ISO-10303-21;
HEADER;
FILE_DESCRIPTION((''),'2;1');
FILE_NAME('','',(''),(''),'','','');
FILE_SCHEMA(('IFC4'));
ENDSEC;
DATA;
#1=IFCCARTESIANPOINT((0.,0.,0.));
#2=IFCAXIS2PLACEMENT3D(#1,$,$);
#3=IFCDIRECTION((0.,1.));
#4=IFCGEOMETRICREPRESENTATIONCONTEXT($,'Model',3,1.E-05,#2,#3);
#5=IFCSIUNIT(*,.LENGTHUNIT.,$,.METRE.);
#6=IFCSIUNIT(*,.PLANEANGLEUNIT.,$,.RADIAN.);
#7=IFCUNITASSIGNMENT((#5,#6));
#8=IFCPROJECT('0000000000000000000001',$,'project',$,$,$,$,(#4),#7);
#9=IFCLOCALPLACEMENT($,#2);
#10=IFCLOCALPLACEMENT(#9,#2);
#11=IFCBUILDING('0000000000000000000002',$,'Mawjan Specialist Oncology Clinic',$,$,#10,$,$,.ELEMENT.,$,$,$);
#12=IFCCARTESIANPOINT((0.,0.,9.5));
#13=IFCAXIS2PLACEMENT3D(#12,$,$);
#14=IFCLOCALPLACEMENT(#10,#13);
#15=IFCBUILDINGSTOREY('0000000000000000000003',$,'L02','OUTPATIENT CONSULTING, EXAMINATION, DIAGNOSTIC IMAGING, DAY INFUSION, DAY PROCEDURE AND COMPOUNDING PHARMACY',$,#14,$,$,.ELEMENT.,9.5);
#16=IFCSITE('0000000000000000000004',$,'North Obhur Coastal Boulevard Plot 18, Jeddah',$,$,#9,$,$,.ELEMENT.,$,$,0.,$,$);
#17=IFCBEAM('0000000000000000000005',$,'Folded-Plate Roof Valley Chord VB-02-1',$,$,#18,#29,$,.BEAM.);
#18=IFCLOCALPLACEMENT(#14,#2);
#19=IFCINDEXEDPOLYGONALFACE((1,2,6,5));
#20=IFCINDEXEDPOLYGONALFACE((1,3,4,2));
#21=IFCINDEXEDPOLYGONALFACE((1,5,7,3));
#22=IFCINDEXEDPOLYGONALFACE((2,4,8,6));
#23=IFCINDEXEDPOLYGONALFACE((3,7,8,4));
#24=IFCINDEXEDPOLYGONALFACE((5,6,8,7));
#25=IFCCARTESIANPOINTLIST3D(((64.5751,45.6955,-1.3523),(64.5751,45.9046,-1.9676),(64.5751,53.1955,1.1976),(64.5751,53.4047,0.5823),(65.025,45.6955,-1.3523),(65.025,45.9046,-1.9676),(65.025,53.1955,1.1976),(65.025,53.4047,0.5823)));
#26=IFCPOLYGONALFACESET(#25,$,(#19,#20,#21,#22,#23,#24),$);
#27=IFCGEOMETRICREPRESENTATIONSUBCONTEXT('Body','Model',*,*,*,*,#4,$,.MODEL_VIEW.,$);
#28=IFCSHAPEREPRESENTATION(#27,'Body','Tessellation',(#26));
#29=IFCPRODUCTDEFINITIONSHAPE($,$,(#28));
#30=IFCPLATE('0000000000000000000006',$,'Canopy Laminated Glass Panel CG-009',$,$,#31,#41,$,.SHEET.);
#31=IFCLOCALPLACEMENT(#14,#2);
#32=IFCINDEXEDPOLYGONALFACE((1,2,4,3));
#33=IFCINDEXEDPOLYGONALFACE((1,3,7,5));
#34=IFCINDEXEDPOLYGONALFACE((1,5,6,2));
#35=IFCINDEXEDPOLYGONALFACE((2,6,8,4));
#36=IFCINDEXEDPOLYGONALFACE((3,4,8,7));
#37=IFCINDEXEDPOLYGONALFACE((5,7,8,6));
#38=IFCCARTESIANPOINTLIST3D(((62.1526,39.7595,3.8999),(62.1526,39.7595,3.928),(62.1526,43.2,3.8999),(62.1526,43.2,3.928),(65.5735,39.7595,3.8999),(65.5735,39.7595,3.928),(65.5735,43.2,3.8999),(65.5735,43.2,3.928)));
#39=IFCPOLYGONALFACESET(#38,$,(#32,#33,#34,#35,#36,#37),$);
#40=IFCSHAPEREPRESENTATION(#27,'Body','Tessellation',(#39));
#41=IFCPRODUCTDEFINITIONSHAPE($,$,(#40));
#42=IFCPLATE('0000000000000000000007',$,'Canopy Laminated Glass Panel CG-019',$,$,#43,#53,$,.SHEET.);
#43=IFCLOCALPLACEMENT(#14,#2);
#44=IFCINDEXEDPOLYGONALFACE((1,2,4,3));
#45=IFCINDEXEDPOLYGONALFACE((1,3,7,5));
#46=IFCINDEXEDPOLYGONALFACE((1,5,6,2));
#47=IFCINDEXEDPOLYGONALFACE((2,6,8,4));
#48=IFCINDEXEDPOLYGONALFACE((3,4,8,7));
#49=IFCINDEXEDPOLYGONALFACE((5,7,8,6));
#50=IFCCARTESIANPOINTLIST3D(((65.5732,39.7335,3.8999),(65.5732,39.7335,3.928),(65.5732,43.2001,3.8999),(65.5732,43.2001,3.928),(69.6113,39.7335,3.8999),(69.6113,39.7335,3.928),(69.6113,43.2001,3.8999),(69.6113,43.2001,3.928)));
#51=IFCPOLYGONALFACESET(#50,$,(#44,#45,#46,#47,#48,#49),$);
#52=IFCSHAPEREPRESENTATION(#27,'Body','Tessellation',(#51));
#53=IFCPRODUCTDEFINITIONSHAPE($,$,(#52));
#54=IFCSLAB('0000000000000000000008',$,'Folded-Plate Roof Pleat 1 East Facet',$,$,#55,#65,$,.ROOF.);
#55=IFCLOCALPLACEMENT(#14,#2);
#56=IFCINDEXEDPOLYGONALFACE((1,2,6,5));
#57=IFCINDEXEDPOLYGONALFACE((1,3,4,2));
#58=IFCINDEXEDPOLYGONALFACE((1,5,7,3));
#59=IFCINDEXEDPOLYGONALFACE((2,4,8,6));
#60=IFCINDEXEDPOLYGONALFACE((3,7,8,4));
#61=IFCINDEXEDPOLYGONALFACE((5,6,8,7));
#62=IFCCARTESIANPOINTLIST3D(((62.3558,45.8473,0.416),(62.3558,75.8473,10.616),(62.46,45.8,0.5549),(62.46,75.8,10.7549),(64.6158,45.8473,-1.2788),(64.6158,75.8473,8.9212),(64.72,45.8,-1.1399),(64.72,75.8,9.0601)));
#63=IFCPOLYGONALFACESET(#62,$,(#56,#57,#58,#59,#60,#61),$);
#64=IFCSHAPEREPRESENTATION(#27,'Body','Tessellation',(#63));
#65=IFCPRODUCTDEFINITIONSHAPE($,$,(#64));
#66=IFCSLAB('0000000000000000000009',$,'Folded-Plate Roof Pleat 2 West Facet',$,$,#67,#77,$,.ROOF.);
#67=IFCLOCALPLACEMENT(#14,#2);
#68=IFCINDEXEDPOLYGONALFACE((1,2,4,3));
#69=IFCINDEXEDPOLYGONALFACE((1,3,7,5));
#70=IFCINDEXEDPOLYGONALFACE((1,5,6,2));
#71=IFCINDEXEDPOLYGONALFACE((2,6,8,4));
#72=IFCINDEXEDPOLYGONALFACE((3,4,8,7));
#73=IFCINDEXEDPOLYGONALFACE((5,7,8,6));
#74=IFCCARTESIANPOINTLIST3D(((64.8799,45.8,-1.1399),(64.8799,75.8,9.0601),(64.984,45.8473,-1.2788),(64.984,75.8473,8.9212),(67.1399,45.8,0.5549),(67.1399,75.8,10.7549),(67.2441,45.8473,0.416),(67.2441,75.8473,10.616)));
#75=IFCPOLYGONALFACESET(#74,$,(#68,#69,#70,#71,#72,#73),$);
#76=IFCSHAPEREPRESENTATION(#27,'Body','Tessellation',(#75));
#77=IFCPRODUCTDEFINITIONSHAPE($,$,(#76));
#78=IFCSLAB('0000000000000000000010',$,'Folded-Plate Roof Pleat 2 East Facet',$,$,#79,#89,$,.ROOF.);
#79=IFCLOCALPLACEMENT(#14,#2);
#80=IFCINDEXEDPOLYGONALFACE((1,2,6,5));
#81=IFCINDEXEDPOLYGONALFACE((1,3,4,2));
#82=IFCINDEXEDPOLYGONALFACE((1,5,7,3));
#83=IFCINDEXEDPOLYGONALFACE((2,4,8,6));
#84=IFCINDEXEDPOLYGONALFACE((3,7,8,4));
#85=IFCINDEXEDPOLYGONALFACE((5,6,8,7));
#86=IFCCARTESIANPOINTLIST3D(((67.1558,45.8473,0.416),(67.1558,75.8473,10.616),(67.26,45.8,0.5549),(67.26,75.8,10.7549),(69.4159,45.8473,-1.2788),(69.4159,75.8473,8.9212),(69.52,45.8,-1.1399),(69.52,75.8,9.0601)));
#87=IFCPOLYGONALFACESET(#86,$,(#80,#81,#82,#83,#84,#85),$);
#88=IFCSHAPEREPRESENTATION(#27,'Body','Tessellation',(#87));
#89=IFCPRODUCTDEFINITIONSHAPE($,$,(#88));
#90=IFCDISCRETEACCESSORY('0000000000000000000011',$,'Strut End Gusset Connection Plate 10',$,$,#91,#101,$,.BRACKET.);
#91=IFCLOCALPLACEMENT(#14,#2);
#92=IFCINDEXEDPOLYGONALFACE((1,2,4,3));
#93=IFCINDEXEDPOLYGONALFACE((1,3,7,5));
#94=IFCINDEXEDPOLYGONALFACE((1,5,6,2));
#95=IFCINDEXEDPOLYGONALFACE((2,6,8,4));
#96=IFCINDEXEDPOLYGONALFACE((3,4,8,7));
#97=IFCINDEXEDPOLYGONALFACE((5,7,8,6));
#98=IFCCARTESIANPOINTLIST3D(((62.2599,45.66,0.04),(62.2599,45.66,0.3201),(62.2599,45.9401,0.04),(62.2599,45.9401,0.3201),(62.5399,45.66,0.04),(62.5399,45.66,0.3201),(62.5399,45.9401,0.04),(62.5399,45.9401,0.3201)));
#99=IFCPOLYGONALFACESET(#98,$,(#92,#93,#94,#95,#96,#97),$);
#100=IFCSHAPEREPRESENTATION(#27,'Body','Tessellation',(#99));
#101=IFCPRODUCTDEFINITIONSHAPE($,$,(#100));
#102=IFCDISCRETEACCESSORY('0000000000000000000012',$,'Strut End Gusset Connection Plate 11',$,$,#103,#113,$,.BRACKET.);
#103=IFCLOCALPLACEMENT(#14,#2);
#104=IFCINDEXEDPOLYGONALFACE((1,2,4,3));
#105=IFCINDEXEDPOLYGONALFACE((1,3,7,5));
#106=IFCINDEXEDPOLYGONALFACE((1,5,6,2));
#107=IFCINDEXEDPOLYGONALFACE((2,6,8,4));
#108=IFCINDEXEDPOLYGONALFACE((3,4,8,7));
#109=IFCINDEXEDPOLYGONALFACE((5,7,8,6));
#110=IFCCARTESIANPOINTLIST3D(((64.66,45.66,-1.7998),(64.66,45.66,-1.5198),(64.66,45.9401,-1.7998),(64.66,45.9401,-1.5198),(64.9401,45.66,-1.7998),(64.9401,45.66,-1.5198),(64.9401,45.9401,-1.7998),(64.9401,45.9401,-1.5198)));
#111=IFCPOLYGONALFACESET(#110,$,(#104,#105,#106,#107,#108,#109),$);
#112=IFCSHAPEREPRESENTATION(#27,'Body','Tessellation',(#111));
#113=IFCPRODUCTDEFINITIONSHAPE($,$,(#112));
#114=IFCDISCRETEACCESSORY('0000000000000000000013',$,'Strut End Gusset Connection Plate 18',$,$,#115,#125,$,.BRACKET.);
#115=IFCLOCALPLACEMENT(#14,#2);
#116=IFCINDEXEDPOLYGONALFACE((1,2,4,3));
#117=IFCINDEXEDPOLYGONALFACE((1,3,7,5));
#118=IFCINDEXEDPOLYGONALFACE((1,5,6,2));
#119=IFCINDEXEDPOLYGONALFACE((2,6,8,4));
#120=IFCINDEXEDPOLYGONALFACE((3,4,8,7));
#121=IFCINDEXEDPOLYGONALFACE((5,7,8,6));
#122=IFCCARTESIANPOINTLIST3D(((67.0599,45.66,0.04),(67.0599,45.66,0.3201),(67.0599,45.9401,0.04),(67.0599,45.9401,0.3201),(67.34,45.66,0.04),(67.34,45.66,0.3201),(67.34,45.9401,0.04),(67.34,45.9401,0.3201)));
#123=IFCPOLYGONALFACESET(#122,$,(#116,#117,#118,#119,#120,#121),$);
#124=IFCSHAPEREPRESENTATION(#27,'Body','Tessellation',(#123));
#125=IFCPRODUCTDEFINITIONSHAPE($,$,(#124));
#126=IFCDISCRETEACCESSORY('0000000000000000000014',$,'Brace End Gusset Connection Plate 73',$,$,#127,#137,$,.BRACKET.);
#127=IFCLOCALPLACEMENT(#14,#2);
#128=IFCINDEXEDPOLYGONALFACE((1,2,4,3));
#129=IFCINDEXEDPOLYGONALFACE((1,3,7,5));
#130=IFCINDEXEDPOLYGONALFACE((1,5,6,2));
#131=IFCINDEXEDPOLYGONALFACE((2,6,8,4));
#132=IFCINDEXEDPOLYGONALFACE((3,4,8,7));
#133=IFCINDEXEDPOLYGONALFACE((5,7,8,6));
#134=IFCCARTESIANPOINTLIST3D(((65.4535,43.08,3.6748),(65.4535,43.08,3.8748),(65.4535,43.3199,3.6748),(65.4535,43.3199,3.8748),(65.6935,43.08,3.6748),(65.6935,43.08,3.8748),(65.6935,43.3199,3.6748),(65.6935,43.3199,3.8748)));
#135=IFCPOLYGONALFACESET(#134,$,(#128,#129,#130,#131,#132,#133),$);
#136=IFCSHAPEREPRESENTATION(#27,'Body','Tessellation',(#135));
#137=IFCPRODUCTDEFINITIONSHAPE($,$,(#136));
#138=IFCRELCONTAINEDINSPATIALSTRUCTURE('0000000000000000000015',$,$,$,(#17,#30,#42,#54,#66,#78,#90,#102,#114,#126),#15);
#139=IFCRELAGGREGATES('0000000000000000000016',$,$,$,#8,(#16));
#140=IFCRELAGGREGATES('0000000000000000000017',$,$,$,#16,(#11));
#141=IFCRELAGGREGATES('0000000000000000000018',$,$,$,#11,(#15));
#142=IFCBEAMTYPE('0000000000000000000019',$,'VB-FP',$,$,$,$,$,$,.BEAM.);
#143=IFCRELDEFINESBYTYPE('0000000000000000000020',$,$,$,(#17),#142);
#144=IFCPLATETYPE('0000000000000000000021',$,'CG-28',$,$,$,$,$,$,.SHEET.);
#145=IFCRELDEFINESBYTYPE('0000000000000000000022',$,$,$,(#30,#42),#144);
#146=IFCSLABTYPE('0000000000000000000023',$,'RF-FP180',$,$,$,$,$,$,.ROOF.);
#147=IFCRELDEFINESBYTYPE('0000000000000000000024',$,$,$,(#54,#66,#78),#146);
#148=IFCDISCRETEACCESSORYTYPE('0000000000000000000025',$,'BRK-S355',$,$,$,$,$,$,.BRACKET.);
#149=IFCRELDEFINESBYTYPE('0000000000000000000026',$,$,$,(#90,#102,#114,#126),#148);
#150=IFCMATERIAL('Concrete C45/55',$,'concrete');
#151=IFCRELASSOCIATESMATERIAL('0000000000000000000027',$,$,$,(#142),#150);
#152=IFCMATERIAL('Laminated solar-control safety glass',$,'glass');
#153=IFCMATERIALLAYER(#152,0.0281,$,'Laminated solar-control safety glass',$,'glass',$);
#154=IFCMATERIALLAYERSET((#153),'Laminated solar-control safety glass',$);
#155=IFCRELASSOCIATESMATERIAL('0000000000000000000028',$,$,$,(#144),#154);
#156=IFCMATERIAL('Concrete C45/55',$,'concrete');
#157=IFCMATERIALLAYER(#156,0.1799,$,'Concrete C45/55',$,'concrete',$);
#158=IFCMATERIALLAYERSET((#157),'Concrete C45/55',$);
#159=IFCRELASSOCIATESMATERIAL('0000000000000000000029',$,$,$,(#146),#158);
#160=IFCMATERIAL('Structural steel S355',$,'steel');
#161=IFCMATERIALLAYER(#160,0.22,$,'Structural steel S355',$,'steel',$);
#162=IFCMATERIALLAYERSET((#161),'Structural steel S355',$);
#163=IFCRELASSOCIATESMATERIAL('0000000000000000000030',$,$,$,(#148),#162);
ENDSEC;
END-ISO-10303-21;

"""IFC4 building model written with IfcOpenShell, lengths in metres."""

from ifc_helpers import new_model, si_unit, direction, frame, origin, origin_2d, place, context, subcontext, project, spatial, polyline, rectangle, outline, extrude, material, layer, layer_set, material_profile, profile_set, type_object, element, save


model = new_model("IFC4")

# Units and contexts
model_context = context("Model", 3, precision=1e-05, world=origin(), true_north=direction((0.0, 1.0)))
body_context = subcontext(model_context, "Body", "Model", "MODEL_VIEW")
ifc_project = project(units=[si_unit("LENGTHUNIT", "METRE"), si_unit("PLANEANGLEUNIT", "RADIAN")], contexts=[model_context])

# Site, building, storey
site_placement = place(None, origin())
site = spatial("IfcSite", under=ifc_project, at=site_placement, Name="North Obhur Coastal Boulevard Plot 18, Jeddah", CompositionType="ELEMENT", RefElevation=0.0)
building_placement = place(site_placement, origin())
building = spatial("IfcBuilding", under=site, at=building_placement, Name="Mawjan Specialist Oncology Clinic", CompositionType="ELEMENT")
storey_placement = place(building_placement, frame((0.0, 0.0, 9.5)))
storey = spatial("IfcBuildingStorey", under=building, at=storey_placement, Name="L02", Description="OUTPATIENT CONSULTING, EXAMINATION, DIAGNOSTIC IMAGING, DAY INFUSION, DAY PROCEDURE AND COMPOUNDING PHARMACY", CompositionType="ELEMENT", Elevation=9.5)

# Beam
ifc_material_1 = material(Name="Concrete C45/55", Category="concrete")
ifc_material_profile_1 = material_profile(ifc_material_1, rectangle(XDim=0.45, YDim=0.6499, at=origin_2d()), Name="RC VALLEY 450x650", Category="concrete")
ifc_profile_set_1 = profile_set([ifc_material_profile_1], Name="Concrete C45/55")
beam_type_1 = type_object("IfcBeamType", Name="VB-FP", PredefinedType="BEAM", material=ifc_profile_set_1)
beam_1_placement = place(storey_placement, frame((64.8, 45.8, -1.6599), z_axis=(0.0, 0.94678, 0.321881), x_axis=(-1.0, 0.0, 0.0)))
element("IfcBeam", 1, at=beam_1_placement, inside=storey, type_object=beam_type_1, Name="Folded-Plate Roof Valley Chord VB-02-1", PredefinedType="BEAM", context=body_context, shape_type="SweptSolid", body=[
    extrude(rectangle(XDim=0.45, YDim=0.6499, at=origin_2d()), origin(), (0.0, 0.0, 1.0), 7.9216),
])

# Plates
ifc_material_2 = material(Name="Laminated solar-control safety glass", Category="glass")
ifc_layer_1 = layer(ifc_material_2, 0.0281, Name="Laminated solar-control safety glass", Category="glass")
ifc_layer_set_1 = layer_set([ifc_layer_1], Name="Laminated solar-control safety glass")
plate_type = type_object("IfcPlateType", Name="CG-28", PredefinedType="SHEET", material=ifc_layer_set_1)
plate_1_placement = place(storey_placement, frame((63.863, 41.4797, 3.8999), z_axis=(0.0, 0.0, 1.0), x_axis=(1.0, 0.0, 0.0)))
element("IfcPlate", 2, at=plate_1_placement, inside=storey, type_object=plate_type, Name="Canopy Laminated Glass Panel CG-009", PredefinedType="SHEET", context=body_context, shape_type="SweptSolid", body=[
    extrude(rectangle(XDim=3.4209, YDim=3.4404, at=origin_2d()), origin(), (0.0, 0.0, 1.0), 0.0281),
])
plate_2_placement = place(storey_placement, frame((67.5923, 41.4668, 3.8999), z_axis=(0.0, 0.0, 1.0), x_axis=(1.0, 0.0, 0.0)))
element("IfcPlate", 3, at=plate_2_placement, inside=storey, type_object=plate_type, Name="Canopy Laminated Glass Panel CG-019", PredefinedType="SHEET", context=body_context, shape_type="SweptSolid", body=[
    extrude(rectangle(XDim=4.0381, YDim=3.4666, at=origin_2d()), origin(), (0.0, 0.0, 1.0), 0.0281),
])

# Slabs
ifc_material_3 = material(Name="Concrete C45/55", Category="concrete")
ifc_layer_2 = layer(ifc_material_3, 0.1799, Name="Concrete C45/55", Category="concrete")
ifc_layer_set_2 = layer_set([ifc_layer_2], Name="Concrete C45/55")
slab_type = type_object("IfcSlabType", Name="RF-FP180", PredefinedType="ROOF", material=ifc_layer_set_2)
slab_1_placement = place(storey_placement, frame((62.46, 45.8, 0.5549), z_axis=(0.578924, -0.262472, 0.771982), x_axis=(0.800031, 0.0, -0.599959)))
element("IfcSlab", 4, at=slab_1_placement, inside=storey, type_object=slab_type, Name="Folded-Plate Roof Pleat 1 East Facet", PredefinedType="ROOF", context=body_context, shape_type="SweptSolid", body=[
    extrude(outline(polyline([(0.0, 0.0), (2.8249, 0.0), (-3.2946, 31.09), (-6.1195, 31.09), (0.0, 0.0)])), origin(), (0.0, 0.0, -1.0), 0.1799),
])
slab_2_placement = place(storey_placement, frame((64.8799, 45.8, -1.1399), z_axis=(-0.578924, -0.262472, 0.771982), x_axis=(0.800031, 0.0, 0.599959)))
element("IfcSlab", 5, at=slab_2_placement, inside=storey, type_object=slab_type, Name="Folded-Plate Roof Pleat 2 West Facet", PredefinedType="ROOF", context=body_context, shape_type="SweptSolid", body=[
    extrude(outline(polyline([(0.0, 0.0), (2.8249, 0.0), (8.9444, 31.09), (6.1195, 31.09), (0.0, 0.0)])), origin(), (0.0, 0.0, -1.0), 0.1799),
])
slab_3_placement = place(storey_placement, frame((67.26, 45.8, 0.5549), z_axis=(0.578924, -0.262472, 0.771982), x_axis=(0.800031, 0.0, -0.599959)))
element("IfcSlab", 6, at=slab_3_placement, inside=storey, type_object=slab_type, Name="Folded-Plate Roof Pleat 2 East Facet", PredefinedType="ROOF", context=body_context, shape_type="SweptSolid", body=[
    extrude(outline(polyline([(0.0, 0.0), (2.8249, 0.0), (-3.2946, 31.09), (-6.1195, 31.09), (0.0, 0.0)])), origin(), (0.0, 0.0, -1.0), 0.1799),
])

# Discrete accessories
ifc_material_4 = material(Name="Structural steel S355", Category="steel")
ifc_layer_3 = layer(ifc_material_4, 0.22, Name="Structural steel S355", Category="steel")
ifc_layer_set_3 = layer_set([ifc_layer_3], Name="Structural steel S355")
discrete_accessory_type = type_object("IfcDiscreteAccessoryType", Name="BRK-S355", PredefinedType="BRACKET", material=ifc_layer_set_3)
for number, where, z_axis, x_axis, name in (
    (7, (62.3999, 45.8, 0.04), (0.0, 0.0, 1.0), (1.0, 0.0, 0.0), "Strut End Gusset Connection Plate 10"),
    (8, (64.8, 45.8, -1.7998), (0.0, 0.0, 1.0), (1.0, 0.0, 0.0), "Strut End Gusset Connection Plate 11"),
    (9, (67.2, 45.8, 0.04), (0.0, 0.0, 1.0), (1.0, 0.0, 0.0), "Strut End Gusset Connection Plate 18"),
):
    element("IfcDiscreteAccessory", number, at=place(storey_placement, frame(where, z_axis=z_axis, x_axis=x_axis)), inside=storey, type_object=discrete_accessory_type, Name=name, PredefinedType="BRACKET", context=body_context, shape_type="SweptSolid", body=[
        extrude(rectangle(XDim=0.28, YDim=0.28, at=origin_2d()), origin(), (0.0, 0.0, 1.0), 0.28),
    ])
discrete_accessory_placement = place(storey_placement, frame((65.5735, 43.2, 3.6748), z_axis=(0.0, 0.0, 1.0), x_axis=(1.0, 0.0, 0.0)))
element("IfcDiscreteAccessory", 10, at=discrete_accessory_placement, inside=storey, type_object=discrete_accessory_type, Name="Brace End Gusset Connection Plate 73", PredefinedType="BRACKET", context=body_context, shape_type="SweptSolid", body=[
    extrude(rectangle(XDim=0.24, YDim=0.24, at=origin_2d()), origin(), (0.0, 0.0, 1.0), 0.2),
])

save(model, "model.ifc")
